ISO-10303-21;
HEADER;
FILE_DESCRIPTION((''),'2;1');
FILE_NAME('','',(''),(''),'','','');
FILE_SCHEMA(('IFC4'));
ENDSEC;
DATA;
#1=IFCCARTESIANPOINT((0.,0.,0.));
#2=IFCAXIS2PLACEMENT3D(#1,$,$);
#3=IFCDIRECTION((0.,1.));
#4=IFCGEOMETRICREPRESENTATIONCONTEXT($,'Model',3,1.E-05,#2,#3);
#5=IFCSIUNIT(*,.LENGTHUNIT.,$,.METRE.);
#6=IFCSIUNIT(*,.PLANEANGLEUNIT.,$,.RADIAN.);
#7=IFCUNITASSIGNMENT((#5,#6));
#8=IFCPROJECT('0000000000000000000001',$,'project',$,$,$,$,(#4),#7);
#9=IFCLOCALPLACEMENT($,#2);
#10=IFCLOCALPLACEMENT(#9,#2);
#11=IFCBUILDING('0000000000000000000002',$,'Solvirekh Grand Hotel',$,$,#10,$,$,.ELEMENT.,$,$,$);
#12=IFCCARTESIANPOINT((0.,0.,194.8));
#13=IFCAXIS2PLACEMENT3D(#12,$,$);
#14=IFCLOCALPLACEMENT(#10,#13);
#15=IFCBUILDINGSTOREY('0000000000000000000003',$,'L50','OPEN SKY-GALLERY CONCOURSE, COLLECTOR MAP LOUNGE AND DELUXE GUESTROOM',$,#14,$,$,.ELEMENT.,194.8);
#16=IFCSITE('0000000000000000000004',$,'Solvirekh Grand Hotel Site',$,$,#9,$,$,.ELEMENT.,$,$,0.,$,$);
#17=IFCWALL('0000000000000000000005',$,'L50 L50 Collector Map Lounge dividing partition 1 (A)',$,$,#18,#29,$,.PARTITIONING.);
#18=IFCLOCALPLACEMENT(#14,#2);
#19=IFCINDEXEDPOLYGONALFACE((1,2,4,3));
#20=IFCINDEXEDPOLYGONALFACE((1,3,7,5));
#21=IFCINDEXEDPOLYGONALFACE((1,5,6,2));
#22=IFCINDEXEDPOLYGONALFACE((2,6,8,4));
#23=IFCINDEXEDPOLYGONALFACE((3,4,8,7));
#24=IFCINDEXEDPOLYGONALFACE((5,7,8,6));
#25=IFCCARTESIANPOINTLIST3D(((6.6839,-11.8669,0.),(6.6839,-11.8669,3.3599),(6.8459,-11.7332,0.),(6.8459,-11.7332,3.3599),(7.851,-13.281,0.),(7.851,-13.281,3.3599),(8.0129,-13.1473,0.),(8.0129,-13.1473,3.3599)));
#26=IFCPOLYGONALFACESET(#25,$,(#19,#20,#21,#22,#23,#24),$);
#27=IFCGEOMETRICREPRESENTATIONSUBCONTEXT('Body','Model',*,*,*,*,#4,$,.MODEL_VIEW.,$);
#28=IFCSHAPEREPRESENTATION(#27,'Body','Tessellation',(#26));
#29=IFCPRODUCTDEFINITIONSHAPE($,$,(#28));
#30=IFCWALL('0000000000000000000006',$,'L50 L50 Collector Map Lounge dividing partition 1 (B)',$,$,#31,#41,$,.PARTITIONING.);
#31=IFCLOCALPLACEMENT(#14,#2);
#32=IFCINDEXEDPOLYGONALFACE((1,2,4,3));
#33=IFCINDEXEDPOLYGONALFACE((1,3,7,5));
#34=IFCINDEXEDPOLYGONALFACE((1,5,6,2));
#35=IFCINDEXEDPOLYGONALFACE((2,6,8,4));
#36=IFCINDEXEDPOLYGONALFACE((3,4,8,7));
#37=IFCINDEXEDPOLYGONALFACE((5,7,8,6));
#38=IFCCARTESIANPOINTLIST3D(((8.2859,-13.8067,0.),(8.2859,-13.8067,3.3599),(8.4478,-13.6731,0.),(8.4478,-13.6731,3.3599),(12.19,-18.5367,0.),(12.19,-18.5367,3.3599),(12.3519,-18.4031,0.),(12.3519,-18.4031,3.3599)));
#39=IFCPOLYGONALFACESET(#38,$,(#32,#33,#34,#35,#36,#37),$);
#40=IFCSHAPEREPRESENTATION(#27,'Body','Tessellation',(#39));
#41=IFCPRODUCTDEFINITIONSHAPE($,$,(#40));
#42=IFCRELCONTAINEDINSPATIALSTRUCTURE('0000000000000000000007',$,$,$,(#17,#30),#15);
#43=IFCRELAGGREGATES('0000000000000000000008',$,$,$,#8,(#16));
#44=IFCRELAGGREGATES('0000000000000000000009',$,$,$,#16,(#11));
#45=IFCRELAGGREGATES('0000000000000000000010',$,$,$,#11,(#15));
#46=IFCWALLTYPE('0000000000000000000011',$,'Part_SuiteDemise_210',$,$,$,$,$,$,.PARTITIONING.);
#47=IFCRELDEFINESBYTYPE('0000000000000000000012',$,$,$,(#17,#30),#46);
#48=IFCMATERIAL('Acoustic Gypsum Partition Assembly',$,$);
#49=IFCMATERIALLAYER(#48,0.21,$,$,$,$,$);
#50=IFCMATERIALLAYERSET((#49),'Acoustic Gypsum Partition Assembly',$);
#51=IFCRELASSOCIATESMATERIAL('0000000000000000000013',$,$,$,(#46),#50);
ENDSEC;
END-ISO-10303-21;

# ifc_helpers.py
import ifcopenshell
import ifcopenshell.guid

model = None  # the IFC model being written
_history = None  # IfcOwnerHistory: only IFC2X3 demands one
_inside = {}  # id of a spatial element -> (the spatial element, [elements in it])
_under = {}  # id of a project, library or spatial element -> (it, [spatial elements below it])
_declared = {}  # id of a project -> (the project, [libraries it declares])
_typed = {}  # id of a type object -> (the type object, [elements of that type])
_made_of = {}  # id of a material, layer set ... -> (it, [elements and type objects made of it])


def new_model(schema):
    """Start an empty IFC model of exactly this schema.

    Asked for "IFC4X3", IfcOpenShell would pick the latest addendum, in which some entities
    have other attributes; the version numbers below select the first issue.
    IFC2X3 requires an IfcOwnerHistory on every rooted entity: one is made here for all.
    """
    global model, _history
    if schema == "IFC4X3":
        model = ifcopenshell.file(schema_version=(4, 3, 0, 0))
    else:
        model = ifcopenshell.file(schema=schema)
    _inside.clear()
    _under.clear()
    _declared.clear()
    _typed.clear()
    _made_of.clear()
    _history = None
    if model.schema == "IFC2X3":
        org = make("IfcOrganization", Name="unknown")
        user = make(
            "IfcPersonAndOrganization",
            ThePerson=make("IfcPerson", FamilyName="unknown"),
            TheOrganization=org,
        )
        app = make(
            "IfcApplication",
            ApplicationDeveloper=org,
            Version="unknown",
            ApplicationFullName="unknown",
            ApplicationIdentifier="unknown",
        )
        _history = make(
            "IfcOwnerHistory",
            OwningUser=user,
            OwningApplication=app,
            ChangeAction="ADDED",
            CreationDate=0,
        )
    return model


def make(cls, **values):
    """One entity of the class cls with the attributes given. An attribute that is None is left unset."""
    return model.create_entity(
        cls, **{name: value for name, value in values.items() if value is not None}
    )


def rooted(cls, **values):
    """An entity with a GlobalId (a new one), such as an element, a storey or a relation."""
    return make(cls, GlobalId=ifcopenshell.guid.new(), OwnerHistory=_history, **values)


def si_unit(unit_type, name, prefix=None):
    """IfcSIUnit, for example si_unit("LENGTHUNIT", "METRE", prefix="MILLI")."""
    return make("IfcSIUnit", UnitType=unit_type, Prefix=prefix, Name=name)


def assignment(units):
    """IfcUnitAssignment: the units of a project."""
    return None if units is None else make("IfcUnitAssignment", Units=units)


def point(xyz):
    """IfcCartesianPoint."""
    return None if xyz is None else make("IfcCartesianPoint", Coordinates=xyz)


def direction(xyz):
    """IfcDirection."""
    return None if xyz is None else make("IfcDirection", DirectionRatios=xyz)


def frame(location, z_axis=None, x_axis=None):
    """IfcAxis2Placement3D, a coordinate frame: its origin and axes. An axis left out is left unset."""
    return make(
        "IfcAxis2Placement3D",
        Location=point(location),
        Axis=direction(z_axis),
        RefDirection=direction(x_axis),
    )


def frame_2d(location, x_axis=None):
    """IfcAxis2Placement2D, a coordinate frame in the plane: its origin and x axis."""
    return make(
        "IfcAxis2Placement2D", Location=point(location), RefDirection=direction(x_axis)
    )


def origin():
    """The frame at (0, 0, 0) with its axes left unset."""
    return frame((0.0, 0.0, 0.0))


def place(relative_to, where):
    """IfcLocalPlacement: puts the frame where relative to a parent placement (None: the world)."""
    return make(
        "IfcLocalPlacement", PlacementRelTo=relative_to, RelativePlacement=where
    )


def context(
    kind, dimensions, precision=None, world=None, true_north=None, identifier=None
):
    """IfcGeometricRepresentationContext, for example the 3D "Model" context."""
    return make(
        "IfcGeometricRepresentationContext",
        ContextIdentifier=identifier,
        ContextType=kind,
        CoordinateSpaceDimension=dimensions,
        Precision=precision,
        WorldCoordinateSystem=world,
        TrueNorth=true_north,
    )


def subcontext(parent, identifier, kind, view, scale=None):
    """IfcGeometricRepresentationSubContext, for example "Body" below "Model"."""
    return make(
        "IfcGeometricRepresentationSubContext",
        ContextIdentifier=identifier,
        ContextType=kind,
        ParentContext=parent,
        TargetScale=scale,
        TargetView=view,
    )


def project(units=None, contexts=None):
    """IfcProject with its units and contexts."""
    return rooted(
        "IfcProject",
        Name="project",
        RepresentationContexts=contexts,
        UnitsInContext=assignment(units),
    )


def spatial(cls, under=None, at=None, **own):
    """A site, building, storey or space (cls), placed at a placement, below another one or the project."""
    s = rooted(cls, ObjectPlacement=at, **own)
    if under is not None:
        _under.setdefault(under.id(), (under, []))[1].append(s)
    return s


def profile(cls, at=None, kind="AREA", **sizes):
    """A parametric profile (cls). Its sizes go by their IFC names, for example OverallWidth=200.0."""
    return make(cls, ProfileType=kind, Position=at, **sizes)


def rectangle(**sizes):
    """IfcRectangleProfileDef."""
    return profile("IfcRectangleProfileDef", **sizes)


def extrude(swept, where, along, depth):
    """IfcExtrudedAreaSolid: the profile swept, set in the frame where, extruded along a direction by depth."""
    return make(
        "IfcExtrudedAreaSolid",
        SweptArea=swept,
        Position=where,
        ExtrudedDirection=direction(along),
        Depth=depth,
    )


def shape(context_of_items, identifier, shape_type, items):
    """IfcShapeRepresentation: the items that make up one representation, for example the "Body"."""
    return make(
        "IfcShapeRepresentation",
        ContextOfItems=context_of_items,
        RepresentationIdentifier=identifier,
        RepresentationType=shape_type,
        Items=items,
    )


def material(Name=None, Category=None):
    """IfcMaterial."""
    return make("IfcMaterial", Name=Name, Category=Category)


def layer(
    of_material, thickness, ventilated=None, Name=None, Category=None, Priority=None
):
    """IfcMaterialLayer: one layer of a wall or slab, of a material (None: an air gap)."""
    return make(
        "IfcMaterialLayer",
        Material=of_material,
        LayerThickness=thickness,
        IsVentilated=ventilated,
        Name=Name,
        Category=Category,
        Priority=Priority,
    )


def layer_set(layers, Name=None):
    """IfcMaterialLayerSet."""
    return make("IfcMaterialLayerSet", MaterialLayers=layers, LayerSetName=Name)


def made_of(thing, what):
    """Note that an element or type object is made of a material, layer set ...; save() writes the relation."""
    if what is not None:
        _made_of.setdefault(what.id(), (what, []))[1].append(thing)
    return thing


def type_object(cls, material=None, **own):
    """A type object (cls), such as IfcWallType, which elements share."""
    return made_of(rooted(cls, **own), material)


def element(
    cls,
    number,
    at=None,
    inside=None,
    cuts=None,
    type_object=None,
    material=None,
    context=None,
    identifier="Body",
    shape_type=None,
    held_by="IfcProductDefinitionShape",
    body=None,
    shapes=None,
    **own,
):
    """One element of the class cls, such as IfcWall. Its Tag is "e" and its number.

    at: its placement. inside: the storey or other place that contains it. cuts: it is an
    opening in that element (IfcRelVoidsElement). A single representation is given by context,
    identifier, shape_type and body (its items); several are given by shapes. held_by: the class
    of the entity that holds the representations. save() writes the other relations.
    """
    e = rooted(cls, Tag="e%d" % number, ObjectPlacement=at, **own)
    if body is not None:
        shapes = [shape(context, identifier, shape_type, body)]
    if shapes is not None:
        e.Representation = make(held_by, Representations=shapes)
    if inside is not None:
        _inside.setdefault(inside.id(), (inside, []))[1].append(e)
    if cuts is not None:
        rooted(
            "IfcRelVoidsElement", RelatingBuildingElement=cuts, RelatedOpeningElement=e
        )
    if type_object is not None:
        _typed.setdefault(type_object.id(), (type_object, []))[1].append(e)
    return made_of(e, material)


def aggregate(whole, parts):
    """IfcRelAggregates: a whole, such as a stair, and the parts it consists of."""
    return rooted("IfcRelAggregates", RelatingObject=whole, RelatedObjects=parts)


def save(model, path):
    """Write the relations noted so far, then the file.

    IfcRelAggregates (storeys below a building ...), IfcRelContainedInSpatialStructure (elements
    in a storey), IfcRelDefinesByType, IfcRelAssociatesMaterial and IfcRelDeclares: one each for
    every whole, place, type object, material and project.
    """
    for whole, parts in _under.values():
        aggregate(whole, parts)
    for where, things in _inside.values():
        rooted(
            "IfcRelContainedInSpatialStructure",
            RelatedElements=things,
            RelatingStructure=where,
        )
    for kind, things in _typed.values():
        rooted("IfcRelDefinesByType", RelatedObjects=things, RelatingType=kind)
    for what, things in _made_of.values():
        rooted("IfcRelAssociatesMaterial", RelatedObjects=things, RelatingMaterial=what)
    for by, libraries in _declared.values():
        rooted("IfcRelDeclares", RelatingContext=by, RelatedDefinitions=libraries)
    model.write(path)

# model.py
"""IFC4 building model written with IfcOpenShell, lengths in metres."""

from ifc_helpers import new_model, si_unit, direction, frame, frame_2d, origin, place, context, subcontext, project, spatial, rectangle, extrude, material, layer, layer_set, type_object, element, save


model = new_model("IFC4")

# Units and contexts
model_context = context("Model", 3, precision=1e-05, world=origin(), true_north=direction((0.0, 1.0)))
body_context = subcontext(model_context, "Body", "Model", "MODEL_VIEW")
ifc_project = project(units=[si_unit("LENGTHUNIT", "METRE"), si_unit("PLANEANGLEUNIT", "RADIAN")], contexts=[model_context])

# Site, building, storey
site_placement = place(None, origin())
site = spatial("IfcSite", under=ifc_project, at=site_placement, Name="Solvirekh Grand Hotel Site", CompositionType="ELEMENT", RefElevation=0.0)
building_placement = place(site_placement, origin())
building = spatial("IfcBuilding", under=site, at=building_placement, Name="Solvirekh Grand Hotel", CompositionType="ELEMENT")
storey_placement = place(building_placement, frame((0.0, 0.0, 194.8)))
storey = spatial("IfcBuildingStorey", under=building, at=storey_placement, Name="L50", Description="OPEN SKY-GALLERY CONCOURSE, COLLECTOR MAP LOUNGE AND DELUXE GUESTROOM", CompositionType="ELEMENT", Elevation=194.8)

# Shared definitions
ifc_material_1 = material(Name="Acoustic Gypsum Partition Assembly")

# Walls
ifc_layer_1 = layer(ifc_material_1, 0.21)
ifc_layer_set_1 = layer_set([ifc_layer_1], Name="Acoustic Gypsum Partition Assembly")
wall_type_1 = type_object("IfcWallType", Name="Part_SuiteDemise_210", PredefinedType="PARTITIONING", material=ifc_layer_set_1)
wall_1_placement = place(storey_placement, frame((6.7649, -11.8, 0.0), z_axis=(0.0, 0.0, 1.0), x_axis=(0.63651, -0.771269, 0.0)))
element("IfcWall", 1, at=wall_1_placement, inside=storey, type_object=wall_type_1, Name="L50 L50 Collector Map Lounge dividing partition 1 (A)", PredefinedType="PARTITIONING", context=body_context, shape_type="SweptSolid", body=[
    extrude(rectangle(XDim=1.8335, YDim=0.21, at=frame_2d((0.9167, 0.0))), origin(), (0.0, 0.0, 1.0), 3.3599),
])
wall_2_placement = place(storey_placement, frame((8.3669, -13.74, 0.0), z_axis=(0.0, 0.0, 1.0), x_axis=(0.636559, -0.771228, 0.0)))
element("IfcWall", 2, at=wall_2_placement, inside=storey, type_object=wall_type_1, Name="L50 L50 Collector Map Lounge dividing partition 1 (B)", PredefinedType="PARTITIONING", context=body_context, shape_type="SweptSolid", body=[
    extrude(rectangle(XDim=6.1331, YDim=0.21, at=frame_2d((3.0664, 0.0))), origin(), (0.0, 0.0, 1.0), 3.3599),
])

save(model, "model.ifc")
